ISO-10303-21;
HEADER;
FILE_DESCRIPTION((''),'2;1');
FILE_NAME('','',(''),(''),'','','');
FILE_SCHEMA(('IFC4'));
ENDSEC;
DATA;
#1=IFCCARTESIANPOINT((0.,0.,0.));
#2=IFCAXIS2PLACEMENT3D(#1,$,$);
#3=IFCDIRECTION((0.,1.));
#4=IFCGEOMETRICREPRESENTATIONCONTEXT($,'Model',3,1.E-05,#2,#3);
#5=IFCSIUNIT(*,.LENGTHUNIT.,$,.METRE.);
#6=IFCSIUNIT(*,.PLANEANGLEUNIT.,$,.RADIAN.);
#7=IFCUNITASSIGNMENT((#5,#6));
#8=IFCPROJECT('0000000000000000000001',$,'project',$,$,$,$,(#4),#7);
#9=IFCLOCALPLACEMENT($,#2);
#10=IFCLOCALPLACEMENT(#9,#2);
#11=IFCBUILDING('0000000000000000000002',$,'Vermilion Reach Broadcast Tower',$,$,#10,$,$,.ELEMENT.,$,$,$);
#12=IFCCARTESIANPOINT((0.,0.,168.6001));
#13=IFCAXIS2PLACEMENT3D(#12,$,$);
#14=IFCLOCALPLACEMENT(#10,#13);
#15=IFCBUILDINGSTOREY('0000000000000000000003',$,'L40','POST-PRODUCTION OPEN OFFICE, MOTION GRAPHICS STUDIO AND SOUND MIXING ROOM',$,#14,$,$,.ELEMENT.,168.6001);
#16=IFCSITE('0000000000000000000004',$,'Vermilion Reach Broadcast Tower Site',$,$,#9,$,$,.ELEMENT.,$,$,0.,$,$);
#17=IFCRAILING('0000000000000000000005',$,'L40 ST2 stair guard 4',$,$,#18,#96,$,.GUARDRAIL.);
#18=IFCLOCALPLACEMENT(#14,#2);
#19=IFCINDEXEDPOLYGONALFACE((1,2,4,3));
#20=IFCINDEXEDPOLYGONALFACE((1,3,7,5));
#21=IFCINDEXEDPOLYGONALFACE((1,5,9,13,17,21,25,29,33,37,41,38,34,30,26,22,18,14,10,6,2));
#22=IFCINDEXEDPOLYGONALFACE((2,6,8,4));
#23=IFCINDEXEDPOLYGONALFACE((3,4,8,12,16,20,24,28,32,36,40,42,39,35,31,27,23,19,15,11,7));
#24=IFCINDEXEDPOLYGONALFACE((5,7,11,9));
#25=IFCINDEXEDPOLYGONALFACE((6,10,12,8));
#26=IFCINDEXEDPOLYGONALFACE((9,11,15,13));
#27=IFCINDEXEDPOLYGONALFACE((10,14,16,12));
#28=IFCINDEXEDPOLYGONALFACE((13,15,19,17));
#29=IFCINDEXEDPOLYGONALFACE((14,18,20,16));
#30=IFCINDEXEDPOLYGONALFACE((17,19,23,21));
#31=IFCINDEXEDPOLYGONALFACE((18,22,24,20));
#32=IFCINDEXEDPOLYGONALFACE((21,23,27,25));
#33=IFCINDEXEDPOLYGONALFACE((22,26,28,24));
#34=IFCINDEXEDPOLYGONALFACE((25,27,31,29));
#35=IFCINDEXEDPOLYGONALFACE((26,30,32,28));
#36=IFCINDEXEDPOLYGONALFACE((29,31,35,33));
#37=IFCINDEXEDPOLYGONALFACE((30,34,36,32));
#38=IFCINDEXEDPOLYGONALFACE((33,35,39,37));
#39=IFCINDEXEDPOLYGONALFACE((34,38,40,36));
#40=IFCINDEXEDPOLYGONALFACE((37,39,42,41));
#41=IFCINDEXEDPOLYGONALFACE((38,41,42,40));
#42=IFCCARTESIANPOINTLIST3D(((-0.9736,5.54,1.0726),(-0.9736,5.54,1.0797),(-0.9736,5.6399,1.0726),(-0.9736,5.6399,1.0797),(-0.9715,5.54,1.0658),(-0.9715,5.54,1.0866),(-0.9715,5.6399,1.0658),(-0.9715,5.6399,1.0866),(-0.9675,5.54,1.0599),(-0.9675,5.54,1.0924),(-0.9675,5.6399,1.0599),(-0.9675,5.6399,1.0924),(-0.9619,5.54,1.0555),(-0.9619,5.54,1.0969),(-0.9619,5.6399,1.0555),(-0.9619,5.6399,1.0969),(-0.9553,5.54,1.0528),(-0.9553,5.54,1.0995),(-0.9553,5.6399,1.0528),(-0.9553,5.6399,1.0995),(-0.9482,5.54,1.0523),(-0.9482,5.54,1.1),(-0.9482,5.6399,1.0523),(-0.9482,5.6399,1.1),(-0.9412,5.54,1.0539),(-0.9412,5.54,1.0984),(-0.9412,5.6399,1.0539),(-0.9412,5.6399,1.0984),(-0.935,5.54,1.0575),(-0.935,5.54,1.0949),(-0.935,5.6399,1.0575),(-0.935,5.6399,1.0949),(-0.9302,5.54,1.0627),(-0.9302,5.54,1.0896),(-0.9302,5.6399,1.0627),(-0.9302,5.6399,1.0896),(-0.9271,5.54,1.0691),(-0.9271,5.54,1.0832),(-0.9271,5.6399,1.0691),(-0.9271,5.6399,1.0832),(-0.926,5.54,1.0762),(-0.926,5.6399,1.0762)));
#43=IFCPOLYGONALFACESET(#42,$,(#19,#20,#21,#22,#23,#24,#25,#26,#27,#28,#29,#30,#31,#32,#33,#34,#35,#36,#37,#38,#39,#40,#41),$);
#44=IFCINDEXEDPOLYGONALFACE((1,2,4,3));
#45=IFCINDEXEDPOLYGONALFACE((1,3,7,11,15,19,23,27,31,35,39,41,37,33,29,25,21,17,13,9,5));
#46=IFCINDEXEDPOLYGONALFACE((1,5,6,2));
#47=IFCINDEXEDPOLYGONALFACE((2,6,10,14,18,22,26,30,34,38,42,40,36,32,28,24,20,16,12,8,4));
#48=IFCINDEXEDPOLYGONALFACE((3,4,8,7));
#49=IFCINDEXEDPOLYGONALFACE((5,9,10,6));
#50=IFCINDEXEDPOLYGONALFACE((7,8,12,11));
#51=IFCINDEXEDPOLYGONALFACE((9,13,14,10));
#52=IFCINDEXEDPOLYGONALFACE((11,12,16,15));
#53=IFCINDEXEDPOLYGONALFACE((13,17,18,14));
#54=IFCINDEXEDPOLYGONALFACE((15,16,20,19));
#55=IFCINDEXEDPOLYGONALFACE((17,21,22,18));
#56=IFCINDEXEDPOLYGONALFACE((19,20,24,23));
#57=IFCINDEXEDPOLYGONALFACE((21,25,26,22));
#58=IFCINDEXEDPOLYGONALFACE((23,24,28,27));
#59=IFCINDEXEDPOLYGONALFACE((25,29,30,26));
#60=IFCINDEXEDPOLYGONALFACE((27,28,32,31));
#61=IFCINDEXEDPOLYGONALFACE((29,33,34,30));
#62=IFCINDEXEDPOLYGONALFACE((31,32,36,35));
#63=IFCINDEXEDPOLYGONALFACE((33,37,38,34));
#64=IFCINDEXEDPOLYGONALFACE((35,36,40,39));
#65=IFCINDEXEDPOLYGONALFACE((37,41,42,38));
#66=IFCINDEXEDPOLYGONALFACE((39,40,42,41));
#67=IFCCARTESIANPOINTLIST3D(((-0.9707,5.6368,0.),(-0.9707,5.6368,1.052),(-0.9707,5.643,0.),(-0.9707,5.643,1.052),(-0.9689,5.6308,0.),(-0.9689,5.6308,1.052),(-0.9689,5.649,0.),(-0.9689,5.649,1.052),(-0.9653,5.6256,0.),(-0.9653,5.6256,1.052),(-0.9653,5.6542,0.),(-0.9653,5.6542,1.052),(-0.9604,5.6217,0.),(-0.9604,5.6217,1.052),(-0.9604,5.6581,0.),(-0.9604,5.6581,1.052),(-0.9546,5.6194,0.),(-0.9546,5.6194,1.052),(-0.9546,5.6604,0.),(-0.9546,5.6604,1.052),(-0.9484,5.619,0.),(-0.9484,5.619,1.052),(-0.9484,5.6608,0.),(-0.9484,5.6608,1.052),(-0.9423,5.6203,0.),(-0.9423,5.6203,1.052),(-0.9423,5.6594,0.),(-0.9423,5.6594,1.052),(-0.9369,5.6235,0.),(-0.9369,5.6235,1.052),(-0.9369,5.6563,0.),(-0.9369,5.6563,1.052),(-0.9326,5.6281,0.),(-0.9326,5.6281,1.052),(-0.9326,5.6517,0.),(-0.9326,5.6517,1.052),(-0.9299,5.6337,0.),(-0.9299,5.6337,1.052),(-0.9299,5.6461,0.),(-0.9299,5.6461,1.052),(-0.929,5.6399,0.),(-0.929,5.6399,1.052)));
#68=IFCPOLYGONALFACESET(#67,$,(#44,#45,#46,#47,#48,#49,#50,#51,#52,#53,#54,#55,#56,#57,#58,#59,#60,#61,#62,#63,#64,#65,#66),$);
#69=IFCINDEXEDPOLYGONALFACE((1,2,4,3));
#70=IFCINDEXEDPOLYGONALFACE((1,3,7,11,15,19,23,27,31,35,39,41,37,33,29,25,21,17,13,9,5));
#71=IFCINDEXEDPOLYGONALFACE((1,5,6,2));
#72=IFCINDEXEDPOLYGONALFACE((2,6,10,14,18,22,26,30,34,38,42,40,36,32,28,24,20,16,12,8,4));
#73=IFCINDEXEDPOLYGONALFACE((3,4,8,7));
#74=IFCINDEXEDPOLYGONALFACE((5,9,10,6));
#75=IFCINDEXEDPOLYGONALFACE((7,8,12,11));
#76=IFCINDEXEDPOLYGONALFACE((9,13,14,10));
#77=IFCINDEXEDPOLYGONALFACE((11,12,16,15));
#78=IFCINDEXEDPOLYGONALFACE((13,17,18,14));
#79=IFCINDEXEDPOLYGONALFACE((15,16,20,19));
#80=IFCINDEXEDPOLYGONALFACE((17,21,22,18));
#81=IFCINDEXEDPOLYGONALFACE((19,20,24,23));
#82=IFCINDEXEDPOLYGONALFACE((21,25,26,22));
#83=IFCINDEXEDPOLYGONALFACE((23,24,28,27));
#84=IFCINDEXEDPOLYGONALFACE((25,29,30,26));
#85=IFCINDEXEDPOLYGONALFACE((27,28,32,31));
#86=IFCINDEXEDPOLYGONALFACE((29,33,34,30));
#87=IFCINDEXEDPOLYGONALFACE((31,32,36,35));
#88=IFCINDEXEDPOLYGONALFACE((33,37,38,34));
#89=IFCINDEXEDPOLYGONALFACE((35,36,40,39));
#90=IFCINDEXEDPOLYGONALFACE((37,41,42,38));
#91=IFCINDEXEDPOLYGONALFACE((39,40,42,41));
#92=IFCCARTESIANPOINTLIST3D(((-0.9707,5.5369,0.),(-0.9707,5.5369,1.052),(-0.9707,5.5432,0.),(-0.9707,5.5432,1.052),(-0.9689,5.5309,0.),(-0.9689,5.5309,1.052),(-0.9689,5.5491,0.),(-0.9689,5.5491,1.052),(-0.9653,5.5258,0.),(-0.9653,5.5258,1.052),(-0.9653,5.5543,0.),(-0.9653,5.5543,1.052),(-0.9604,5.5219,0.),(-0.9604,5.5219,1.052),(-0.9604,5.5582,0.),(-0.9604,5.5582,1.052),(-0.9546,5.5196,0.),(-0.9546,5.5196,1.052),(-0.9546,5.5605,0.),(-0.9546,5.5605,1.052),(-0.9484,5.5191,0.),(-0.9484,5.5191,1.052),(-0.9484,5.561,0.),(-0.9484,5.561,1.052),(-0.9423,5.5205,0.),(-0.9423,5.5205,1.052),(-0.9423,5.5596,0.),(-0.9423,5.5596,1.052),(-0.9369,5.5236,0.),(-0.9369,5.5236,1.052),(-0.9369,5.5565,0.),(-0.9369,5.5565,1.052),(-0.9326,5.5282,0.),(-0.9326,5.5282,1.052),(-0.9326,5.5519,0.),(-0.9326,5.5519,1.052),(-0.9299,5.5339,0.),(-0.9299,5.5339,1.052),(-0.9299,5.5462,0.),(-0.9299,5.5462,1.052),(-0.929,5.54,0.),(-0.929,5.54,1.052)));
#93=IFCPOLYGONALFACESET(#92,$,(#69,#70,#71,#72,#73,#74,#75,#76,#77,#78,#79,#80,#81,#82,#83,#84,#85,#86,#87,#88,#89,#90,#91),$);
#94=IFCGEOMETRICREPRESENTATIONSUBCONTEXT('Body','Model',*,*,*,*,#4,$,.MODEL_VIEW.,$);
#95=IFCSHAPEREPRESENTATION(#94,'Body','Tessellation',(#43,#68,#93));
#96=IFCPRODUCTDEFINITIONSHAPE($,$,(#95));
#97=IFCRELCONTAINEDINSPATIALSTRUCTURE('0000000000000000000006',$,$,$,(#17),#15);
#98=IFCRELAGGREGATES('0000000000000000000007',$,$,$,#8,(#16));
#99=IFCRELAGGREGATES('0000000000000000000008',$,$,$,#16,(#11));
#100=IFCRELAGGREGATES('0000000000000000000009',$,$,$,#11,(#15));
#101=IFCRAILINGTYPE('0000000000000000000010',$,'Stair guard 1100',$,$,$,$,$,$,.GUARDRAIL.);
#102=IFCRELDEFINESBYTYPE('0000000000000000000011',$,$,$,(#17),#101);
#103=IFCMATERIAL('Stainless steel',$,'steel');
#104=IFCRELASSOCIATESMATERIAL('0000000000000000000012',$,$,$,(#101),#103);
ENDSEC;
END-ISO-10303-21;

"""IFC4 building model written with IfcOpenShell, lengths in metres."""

from ifc_helpers import new_model, si_unit, direction, frame, origin, origin_2d, place, context, subcontext, project, spatial, circle, extrude, material, type_object, element, save


model = new_model("IFC4")

# Units and contexts
model_context = context("Model", 3, precision=1e-05, world=origin(), true_north=direction((0.0, 1.0)))
body_context = subcontext(model_context, "Body", "Model", "MODEL_VIEW")
ifc_project = project(units=[si_unit("LENGTHUNIT", "METRE"), si_unit("PLANEANGLEUNIT", "RADIAN")], contexts=[model_context])

# Site, building, storey
site_placement = place(None, origin())
site = spatial("IfcSite", under=ifc_project, at=site_placement, Name="Vermilion Reach Broadcast Tower Site", CompositionType="ELEMENT", RefElevation=0.0)
building_placement = place(site_placement, origin())
building = spatial("IfcBuilding", under=site, at=building_placement, Name="Vermilion Reach Broadcast Tower", CompositionType="ELEMENT")
storey_placement = place(building_placement, frame((0.0, 0.0, 168.6001)))
storey = spatial("IfcBuildingStorey", under=building, at=storey_placement, Name="L40", Description="POST-PRODUCTION OPEN OFFICE, MOTION GRAPHICS STUDIO AND SOUND MIXING ROOM", CompositionType="ELEMENT", Elevation=168.6001)

# Railing
ifc_material_1 = material(Name="Stainless steel", Category="steel")
railing_type_1 = type_object("IfcRailingType", Name="Stair guard 1100", PredefinedType="GUARDRAIL", material=ifc_material_1)
railing_1_placement = place(storey_placement, frame((-0.95, 5.6399, 0.0)))
element("IfcRailing", 1, at=railing_1_placement, inside=storey, type_object=railing_type_1, Name="L40 ST2 stair guard 4", PredefinedType="GUARDRAIL", context=body_context, shape_type="SweptSolid", body=[
    extrude(circle(Radius=0.0239, at=origin_2d()), frame((0.0, 0.0, 1.0762), z_axis=(0.0, -1.0, 0.0), x_axis=(1.0, 0.0, 0.0)), (0.0, 0.0, 1.0), 0.0999),
    extrude(circle(Radius=0.021, at=origin_2d()), origin(), (0.0, 0.0, 1.0), 1.052),
    extrude(circle(Radius=0.021, at=origin_2d()), frame((0.0, -0.0999, 0.0)), (0.0, 0.0, 1.0), 1.052),
])

save(model, "model.ifc")
